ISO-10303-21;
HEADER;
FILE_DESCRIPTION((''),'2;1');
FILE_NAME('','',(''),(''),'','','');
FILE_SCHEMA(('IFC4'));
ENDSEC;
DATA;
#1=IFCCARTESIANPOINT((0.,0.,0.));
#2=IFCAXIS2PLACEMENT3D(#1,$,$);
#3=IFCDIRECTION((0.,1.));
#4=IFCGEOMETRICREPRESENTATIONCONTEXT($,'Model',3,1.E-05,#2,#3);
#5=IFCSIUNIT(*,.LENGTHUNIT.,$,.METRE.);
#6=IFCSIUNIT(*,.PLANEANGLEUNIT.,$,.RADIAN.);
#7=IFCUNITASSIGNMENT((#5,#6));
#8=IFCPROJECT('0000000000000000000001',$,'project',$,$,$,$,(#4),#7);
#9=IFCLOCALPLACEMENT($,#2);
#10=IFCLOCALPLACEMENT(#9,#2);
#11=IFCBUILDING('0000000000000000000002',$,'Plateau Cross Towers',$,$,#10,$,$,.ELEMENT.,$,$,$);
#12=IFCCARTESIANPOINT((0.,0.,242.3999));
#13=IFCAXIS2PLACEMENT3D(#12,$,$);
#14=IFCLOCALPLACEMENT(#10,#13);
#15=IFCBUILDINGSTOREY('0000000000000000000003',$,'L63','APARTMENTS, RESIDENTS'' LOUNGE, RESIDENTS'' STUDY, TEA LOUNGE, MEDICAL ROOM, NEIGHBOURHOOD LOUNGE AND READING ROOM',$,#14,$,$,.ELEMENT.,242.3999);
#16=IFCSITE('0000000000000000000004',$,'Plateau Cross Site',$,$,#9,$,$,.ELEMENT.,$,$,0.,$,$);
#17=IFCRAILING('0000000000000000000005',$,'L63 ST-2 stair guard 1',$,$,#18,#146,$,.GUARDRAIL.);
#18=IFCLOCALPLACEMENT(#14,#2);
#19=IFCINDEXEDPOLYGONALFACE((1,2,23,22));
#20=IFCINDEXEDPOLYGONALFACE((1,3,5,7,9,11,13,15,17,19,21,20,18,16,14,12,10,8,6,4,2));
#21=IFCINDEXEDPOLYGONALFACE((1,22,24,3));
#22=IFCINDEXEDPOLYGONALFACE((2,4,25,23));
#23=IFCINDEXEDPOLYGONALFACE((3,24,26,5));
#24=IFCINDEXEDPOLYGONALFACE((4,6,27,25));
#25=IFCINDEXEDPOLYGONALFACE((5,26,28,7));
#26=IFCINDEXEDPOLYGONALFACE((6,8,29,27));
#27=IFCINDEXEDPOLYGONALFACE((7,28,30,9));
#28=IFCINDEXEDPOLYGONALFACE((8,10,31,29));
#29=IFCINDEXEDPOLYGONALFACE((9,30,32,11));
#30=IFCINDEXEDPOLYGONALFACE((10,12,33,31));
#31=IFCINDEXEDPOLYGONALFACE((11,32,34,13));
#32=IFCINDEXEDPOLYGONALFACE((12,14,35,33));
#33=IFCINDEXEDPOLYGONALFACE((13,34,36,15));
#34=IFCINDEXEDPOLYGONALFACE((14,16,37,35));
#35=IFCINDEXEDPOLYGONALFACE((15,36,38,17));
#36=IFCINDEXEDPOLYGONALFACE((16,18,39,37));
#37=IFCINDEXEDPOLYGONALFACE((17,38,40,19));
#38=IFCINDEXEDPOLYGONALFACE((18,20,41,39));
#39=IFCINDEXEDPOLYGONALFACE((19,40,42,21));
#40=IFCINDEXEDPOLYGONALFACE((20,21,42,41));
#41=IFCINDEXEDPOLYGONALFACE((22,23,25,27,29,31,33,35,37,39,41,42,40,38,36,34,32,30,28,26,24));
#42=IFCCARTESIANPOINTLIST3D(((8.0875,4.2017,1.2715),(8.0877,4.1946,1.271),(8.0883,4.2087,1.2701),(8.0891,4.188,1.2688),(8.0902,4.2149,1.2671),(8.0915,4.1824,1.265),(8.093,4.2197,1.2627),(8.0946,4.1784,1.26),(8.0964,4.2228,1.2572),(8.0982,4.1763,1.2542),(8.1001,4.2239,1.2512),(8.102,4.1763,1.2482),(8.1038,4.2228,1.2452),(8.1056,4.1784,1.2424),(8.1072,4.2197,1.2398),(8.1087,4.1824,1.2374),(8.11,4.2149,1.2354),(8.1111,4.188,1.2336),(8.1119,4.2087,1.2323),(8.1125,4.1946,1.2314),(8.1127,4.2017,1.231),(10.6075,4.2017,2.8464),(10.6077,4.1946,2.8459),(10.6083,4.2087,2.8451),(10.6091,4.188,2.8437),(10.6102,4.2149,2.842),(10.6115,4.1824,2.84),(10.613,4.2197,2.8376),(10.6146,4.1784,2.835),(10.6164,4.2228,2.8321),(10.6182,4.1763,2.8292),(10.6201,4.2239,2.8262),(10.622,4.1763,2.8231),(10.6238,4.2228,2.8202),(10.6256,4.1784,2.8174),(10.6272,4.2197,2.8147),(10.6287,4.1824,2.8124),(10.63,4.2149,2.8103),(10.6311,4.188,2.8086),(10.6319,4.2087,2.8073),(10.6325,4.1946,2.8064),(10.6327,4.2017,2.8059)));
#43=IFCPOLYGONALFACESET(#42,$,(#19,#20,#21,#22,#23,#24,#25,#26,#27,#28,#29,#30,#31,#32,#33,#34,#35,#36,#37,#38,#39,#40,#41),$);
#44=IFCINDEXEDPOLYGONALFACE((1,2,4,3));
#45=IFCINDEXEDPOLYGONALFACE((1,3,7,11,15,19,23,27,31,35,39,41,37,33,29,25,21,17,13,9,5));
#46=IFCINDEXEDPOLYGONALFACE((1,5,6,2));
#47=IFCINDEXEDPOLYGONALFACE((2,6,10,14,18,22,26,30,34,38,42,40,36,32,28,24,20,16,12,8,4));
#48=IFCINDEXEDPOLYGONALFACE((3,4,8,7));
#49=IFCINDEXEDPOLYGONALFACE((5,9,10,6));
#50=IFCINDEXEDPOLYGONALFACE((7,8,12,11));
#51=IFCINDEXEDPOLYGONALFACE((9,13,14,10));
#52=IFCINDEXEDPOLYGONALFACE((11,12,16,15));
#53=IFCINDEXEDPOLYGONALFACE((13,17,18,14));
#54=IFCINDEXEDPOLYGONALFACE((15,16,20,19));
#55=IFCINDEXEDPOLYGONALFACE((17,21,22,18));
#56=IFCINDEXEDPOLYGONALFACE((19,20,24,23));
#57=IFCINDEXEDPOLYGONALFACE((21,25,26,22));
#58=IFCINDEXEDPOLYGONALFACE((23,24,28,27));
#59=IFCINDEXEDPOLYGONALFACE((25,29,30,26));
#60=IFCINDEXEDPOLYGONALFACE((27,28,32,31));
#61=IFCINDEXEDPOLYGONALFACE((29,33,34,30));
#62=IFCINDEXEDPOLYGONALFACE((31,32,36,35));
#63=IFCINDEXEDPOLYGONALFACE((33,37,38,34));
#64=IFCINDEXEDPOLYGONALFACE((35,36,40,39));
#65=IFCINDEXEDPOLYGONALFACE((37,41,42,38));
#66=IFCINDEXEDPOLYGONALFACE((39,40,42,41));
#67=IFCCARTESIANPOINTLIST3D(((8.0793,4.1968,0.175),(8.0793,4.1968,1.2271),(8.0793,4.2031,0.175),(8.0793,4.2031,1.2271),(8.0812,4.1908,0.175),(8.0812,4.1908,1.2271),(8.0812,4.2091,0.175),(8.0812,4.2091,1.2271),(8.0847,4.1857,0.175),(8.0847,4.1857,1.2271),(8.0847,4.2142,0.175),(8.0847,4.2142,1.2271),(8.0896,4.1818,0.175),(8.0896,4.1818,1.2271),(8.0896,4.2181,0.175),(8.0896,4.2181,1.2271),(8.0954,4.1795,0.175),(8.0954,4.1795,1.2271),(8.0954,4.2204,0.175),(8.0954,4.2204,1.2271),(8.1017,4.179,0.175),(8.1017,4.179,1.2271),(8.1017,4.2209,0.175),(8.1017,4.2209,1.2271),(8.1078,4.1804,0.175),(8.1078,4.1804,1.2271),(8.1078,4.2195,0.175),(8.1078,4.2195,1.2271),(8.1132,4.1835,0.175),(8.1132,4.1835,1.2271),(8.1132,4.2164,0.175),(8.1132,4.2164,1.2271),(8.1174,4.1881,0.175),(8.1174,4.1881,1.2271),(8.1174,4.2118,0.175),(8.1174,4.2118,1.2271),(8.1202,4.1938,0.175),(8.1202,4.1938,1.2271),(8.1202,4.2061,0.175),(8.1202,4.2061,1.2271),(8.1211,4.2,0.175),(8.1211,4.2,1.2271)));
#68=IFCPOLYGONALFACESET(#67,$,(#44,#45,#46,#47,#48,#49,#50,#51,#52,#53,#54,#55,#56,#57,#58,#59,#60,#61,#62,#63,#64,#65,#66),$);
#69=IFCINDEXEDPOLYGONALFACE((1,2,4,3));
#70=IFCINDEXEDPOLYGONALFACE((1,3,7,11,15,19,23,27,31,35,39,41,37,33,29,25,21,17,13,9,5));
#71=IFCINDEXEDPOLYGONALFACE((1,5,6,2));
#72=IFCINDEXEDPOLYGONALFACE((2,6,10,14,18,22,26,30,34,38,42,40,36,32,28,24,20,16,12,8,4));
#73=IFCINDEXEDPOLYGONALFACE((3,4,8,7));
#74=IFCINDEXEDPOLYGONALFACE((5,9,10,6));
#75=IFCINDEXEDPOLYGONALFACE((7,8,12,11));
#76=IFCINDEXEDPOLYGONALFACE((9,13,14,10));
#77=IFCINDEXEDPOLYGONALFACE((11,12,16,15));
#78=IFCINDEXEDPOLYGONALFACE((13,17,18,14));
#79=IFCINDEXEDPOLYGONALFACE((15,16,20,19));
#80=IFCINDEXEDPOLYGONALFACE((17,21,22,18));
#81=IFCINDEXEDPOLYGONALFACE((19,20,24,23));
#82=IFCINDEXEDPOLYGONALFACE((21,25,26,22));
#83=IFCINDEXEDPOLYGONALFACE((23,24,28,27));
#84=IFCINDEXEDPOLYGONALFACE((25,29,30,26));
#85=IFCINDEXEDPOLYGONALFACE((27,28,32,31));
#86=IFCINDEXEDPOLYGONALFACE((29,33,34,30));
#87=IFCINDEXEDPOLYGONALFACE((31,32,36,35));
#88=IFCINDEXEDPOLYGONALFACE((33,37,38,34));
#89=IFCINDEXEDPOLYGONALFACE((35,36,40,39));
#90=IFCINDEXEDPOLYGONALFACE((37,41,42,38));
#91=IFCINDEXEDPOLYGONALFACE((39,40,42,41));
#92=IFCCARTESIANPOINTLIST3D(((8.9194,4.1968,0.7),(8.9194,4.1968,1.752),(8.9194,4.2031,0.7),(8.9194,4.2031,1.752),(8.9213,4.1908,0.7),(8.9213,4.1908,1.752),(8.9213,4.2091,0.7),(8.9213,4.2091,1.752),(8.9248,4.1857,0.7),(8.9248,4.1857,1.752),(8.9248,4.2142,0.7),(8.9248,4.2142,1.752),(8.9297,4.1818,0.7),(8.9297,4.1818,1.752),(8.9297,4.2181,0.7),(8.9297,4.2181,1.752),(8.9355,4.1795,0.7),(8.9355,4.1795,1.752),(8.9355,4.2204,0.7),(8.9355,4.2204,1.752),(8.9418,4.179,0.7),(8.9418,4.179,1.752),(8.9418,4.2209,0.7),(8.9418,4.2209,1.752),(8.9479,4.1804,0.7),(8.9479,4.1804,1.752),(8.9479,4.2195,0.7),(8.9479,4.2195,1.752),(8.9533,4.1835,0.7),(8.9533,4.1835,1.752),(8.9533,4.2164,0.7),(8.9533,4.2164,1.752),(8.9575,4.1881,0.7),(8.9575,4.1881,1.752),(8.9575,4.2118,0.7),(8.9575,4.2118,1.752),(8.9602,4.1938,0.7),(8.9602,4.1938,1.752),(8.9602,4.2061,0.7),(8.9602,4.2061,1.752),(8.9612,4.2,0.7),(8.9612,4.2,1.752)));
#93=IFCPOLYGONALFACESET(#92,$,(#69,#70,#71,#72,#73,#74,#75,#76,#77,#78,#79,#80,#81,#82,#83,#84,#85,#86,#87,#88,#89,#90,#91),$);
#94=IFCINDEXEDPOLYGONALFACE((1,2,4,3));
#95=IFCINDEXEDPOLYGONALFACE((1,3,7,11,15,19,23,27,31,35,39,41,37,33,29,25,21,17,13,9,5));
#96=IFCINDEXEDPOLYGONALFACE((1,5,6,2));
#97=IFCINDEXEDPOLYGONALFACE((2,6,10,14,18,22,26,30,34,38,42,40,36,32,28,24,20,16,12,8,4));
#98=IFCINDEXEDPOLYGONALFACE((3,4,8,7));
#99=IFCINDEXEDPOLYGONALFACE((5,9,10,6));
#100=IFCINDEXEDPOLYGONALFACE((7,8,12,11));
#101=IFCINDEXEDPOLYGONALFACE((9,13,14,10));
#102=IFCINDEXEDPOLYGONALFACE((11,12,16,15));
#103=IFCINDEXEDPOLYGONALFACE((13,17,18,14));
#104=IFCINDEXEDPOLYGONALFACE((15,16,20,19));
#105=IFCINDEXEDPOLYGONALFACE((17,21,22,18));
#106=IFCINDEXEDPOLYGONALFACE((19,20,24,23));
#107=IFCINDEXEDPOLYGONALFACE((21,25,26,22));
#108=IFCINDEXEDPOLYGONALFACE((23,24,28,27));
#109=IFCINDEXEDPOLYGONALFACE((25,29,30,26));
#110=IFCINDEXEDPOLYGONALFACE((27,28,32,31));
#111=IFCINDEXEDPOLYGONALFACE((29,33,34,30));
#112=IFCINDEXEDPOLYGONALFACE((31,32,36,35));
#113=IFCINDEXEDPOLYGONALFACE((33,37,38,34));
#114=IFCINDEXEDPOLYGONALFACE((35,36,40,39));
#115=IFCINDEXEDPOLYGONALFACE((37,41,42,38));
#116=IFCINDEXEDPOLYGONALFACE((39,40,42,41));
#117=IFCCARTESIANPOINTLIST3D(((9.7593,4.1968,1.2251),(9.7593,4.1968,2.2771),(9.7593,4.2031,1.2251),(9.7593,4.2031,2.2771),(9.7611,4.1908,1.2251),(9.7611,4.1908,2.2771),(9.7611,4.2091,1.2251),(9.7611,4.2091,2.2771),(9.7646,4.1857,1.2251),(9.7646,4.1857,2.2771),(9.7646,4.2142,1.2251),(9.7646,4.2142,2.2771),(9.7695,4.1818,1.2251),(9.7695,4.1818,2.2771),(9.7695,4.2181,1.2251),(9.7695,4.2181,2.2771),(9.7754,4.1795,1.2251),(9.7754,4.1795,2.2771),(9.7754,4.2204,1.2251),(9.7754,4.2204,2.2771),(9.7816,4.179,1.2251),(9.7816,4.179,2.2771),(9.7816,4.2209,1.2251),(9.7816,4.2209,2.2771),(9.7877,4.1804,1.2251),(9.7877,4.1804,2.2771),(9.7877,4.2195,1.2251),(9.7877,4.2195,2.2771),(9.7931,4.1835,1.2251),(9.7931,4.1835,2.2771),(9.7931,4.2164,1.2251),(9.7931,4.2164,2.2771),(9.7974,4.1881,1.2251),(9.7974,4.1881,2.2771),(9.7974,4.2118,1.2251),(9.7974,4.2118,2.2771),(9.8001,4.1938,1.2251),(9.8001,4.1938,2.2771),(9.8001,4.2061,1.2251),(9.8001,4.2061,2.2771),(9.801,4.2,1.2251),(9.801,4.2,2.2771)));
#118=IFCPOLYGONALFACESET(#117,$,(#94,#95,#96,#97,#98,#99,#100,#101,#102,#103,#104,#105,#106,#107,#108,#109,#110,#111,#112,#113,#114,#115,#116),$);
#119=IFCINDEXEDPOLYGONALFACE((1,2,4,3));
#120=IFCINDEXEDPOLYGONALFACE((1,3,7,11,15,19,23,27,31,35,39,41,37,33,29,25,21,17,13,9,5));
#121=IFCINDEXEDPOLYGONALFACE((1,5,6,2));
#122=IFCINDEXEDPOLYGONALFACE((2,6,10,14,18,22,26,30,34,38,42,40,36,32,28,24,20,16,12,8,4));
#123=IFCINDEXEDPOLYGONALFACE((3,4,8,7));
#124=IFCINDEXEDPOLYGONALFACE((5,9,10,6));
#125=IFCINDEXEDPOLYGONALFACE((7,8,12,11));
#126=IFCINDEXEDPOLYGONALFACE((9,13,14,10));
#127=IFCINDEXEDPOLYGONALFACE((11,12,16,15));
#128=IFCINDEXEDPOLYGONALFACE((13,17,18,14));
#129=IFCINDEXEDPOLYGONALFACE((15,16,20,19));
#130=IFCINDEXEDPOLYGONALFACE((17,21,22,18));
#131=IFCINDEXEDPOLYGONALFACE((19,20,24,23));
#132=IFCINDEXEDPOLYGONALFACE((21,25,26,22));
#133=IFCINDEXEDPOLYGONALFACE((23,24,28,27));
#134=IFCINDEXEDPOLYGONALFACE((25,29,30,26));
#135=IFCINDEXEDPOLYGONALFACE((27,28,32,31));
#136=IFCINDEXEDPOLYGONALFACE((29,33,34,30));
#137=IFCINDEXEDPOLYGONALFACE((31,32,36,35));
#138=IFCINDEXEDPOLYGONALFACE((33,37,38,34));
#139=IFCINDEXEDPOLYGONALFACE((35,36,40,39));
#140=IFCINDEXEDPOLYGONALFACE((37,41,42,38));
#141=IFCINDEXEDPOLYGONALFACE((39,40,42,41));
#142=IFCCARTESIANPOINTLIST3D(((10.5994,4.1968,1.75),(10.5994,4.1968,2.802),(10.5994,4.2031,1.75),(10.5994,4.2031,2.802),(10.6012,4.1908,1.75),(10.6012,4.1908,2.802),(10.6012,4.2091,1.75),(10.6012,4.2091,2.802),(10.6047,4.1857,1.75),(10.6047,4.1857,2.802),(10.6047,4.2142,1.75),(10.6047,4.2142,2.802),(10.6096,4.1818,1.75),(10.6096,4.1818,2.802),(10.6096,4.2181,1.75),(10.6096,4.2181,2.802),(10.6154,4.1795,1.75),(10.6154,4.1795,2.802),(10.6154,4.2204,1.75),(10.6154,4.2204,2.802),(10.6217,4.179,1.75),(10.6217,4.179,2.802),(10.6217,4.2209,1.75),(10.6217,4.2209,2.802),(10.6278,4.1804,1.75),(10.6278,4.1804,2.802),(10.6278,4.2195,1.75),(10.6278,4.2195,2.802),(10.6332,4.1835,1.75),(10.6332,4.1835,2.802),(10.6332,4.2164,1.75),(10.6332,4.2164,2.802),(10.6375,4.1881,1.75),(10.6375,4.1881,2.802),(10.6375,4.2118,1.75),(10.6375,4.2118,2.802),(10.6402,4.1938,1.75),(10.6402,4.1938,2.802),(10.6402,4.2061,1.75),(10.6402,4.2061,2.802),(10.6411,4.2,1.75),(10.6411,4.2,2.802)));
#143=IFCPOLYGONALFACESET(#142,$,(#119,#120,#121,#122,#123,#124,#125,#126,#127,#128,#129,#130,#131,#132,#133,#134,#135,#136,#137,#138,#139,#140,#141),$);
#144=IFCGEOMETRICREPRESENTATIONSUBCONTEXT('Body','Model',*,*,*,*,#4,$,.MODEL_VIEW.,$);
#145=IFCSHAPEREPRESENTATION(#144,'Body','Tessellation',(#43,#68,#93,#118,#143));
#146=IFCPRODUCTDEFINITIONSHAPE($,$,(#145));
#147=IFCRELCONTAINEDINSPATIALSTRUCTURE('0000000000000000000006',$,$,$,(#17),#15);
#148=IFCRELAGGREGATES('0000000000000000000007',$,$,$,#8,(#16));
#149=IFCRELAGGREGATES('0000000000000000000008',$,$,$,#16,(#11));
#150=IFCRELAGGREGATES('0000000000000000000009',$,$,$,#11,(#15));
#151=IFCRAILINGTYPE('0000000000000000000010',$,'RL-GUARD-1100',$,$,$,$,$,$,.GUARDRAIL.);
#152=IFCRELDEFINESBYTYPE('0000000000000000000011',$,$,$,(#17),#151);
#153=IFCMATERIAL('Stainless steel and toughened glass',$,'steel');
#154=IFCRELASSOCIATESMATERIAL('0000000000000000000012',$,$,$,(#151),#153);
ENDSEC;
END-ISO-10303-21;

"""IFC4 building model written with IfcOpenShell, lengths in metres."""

from ifc_helpers import new_model, si_unit, direction, frame, origin, origin_2d, place, context, subcontext, project, spatial, circle, extrude, material, type_object, element, save


model = new_model("IFC4")

# Units and contexts
model_context = context("Model", 3, precision=1e-05, world=origin(), true_north=direction((0.0, 1.0)))
body_context = subcontext(model_context, "Body", "Model", "MODEL_VIEW")
ifc_project = project(units=[si_unit("LENGTHUNIT", "METRE"), si_unit("PLANEANGLEUNIT", "RADIAN")], contexts=[model_context])

# Site, building, storey
site_placement = place(None, origin())
site = spatial("IfcSite", under=ifc_project, at=site_placement, Name="Plateau Cross Site", CompositionType="ELEMENT", RefElevation=0.0)
building_placement = place(site_placement, origin())
building = spatial("IfcBuilding", under=site, at=building_placement, Name="Plateau Cross Towers", CompositionType="ELEMENT")
storey_placement = place(building_placement, frame((0.0, 0.0, 242.3999)))
storey = spatial("IfcBuildingStorey", under=building, at=storey_placement, Name="L63", Description="APARTMENTS, RESIDENTS' LOUNGE, RESIDENTS' STUDY, TEA LOUNGE, MEDICAL ROOM, NEIGHBOURHOOD LOUNGE AND READING ROOM", CompositionType="ELEMENT", Elevation=242.3999)

# Railing
ifc_material_1 = material(Name="Stainless steel and toughened glass", Category="steel")
railing_type_1 = type_object("IfcRailingType", Name="RL-GUARD-1100", PredefinedType="GUARDRAIL", material=ifc_material_1)
railing_1_placement = place(storey_placement, frame((8.1001, 4.2, 0.175)))
element("IfcRailing", 1, at=railing_1_placement, inside=storey, type_object=railing_type_1, Name="L63 ST-2 stair guard 1", PredefinedType="GUARDRAIL", context=body_context, shape_type="SweptSolid", body=[
    extrude(circle(Radius=0.0239, at=origin_2d()), frame((0.0, 0.0, 1.0762), z_axis=(0.848008, 0.0, 0.529984), x_axis=(0.0, 1.0, 0.0)), (0.0, 0.0, 1.0), 2.9717),
    extrude(circle(Radius=0.021, at=origin_2d()), origin(), (0.0, 0.0, 1.0), 1.052),
    extrude(circle(Radius=0.021, at=origin_2d()), frame((0.8401, 0.0, 0.5249)), (0.0, 0.0, 1.0), 1.052),
    extrude(circle(Radius=0.021, at=origin_2d()), frame((1.6799, 0.0, 1.05)), (0.0, 0.0, 1.0), 1.052),
    extrude(circle(Radius=0.021, at=origin_2d()), frame((2.52, 0.0, 1.575)), (0.0, 0.0, 1.0), 1.052),
])

save(model, "model.ifc")
